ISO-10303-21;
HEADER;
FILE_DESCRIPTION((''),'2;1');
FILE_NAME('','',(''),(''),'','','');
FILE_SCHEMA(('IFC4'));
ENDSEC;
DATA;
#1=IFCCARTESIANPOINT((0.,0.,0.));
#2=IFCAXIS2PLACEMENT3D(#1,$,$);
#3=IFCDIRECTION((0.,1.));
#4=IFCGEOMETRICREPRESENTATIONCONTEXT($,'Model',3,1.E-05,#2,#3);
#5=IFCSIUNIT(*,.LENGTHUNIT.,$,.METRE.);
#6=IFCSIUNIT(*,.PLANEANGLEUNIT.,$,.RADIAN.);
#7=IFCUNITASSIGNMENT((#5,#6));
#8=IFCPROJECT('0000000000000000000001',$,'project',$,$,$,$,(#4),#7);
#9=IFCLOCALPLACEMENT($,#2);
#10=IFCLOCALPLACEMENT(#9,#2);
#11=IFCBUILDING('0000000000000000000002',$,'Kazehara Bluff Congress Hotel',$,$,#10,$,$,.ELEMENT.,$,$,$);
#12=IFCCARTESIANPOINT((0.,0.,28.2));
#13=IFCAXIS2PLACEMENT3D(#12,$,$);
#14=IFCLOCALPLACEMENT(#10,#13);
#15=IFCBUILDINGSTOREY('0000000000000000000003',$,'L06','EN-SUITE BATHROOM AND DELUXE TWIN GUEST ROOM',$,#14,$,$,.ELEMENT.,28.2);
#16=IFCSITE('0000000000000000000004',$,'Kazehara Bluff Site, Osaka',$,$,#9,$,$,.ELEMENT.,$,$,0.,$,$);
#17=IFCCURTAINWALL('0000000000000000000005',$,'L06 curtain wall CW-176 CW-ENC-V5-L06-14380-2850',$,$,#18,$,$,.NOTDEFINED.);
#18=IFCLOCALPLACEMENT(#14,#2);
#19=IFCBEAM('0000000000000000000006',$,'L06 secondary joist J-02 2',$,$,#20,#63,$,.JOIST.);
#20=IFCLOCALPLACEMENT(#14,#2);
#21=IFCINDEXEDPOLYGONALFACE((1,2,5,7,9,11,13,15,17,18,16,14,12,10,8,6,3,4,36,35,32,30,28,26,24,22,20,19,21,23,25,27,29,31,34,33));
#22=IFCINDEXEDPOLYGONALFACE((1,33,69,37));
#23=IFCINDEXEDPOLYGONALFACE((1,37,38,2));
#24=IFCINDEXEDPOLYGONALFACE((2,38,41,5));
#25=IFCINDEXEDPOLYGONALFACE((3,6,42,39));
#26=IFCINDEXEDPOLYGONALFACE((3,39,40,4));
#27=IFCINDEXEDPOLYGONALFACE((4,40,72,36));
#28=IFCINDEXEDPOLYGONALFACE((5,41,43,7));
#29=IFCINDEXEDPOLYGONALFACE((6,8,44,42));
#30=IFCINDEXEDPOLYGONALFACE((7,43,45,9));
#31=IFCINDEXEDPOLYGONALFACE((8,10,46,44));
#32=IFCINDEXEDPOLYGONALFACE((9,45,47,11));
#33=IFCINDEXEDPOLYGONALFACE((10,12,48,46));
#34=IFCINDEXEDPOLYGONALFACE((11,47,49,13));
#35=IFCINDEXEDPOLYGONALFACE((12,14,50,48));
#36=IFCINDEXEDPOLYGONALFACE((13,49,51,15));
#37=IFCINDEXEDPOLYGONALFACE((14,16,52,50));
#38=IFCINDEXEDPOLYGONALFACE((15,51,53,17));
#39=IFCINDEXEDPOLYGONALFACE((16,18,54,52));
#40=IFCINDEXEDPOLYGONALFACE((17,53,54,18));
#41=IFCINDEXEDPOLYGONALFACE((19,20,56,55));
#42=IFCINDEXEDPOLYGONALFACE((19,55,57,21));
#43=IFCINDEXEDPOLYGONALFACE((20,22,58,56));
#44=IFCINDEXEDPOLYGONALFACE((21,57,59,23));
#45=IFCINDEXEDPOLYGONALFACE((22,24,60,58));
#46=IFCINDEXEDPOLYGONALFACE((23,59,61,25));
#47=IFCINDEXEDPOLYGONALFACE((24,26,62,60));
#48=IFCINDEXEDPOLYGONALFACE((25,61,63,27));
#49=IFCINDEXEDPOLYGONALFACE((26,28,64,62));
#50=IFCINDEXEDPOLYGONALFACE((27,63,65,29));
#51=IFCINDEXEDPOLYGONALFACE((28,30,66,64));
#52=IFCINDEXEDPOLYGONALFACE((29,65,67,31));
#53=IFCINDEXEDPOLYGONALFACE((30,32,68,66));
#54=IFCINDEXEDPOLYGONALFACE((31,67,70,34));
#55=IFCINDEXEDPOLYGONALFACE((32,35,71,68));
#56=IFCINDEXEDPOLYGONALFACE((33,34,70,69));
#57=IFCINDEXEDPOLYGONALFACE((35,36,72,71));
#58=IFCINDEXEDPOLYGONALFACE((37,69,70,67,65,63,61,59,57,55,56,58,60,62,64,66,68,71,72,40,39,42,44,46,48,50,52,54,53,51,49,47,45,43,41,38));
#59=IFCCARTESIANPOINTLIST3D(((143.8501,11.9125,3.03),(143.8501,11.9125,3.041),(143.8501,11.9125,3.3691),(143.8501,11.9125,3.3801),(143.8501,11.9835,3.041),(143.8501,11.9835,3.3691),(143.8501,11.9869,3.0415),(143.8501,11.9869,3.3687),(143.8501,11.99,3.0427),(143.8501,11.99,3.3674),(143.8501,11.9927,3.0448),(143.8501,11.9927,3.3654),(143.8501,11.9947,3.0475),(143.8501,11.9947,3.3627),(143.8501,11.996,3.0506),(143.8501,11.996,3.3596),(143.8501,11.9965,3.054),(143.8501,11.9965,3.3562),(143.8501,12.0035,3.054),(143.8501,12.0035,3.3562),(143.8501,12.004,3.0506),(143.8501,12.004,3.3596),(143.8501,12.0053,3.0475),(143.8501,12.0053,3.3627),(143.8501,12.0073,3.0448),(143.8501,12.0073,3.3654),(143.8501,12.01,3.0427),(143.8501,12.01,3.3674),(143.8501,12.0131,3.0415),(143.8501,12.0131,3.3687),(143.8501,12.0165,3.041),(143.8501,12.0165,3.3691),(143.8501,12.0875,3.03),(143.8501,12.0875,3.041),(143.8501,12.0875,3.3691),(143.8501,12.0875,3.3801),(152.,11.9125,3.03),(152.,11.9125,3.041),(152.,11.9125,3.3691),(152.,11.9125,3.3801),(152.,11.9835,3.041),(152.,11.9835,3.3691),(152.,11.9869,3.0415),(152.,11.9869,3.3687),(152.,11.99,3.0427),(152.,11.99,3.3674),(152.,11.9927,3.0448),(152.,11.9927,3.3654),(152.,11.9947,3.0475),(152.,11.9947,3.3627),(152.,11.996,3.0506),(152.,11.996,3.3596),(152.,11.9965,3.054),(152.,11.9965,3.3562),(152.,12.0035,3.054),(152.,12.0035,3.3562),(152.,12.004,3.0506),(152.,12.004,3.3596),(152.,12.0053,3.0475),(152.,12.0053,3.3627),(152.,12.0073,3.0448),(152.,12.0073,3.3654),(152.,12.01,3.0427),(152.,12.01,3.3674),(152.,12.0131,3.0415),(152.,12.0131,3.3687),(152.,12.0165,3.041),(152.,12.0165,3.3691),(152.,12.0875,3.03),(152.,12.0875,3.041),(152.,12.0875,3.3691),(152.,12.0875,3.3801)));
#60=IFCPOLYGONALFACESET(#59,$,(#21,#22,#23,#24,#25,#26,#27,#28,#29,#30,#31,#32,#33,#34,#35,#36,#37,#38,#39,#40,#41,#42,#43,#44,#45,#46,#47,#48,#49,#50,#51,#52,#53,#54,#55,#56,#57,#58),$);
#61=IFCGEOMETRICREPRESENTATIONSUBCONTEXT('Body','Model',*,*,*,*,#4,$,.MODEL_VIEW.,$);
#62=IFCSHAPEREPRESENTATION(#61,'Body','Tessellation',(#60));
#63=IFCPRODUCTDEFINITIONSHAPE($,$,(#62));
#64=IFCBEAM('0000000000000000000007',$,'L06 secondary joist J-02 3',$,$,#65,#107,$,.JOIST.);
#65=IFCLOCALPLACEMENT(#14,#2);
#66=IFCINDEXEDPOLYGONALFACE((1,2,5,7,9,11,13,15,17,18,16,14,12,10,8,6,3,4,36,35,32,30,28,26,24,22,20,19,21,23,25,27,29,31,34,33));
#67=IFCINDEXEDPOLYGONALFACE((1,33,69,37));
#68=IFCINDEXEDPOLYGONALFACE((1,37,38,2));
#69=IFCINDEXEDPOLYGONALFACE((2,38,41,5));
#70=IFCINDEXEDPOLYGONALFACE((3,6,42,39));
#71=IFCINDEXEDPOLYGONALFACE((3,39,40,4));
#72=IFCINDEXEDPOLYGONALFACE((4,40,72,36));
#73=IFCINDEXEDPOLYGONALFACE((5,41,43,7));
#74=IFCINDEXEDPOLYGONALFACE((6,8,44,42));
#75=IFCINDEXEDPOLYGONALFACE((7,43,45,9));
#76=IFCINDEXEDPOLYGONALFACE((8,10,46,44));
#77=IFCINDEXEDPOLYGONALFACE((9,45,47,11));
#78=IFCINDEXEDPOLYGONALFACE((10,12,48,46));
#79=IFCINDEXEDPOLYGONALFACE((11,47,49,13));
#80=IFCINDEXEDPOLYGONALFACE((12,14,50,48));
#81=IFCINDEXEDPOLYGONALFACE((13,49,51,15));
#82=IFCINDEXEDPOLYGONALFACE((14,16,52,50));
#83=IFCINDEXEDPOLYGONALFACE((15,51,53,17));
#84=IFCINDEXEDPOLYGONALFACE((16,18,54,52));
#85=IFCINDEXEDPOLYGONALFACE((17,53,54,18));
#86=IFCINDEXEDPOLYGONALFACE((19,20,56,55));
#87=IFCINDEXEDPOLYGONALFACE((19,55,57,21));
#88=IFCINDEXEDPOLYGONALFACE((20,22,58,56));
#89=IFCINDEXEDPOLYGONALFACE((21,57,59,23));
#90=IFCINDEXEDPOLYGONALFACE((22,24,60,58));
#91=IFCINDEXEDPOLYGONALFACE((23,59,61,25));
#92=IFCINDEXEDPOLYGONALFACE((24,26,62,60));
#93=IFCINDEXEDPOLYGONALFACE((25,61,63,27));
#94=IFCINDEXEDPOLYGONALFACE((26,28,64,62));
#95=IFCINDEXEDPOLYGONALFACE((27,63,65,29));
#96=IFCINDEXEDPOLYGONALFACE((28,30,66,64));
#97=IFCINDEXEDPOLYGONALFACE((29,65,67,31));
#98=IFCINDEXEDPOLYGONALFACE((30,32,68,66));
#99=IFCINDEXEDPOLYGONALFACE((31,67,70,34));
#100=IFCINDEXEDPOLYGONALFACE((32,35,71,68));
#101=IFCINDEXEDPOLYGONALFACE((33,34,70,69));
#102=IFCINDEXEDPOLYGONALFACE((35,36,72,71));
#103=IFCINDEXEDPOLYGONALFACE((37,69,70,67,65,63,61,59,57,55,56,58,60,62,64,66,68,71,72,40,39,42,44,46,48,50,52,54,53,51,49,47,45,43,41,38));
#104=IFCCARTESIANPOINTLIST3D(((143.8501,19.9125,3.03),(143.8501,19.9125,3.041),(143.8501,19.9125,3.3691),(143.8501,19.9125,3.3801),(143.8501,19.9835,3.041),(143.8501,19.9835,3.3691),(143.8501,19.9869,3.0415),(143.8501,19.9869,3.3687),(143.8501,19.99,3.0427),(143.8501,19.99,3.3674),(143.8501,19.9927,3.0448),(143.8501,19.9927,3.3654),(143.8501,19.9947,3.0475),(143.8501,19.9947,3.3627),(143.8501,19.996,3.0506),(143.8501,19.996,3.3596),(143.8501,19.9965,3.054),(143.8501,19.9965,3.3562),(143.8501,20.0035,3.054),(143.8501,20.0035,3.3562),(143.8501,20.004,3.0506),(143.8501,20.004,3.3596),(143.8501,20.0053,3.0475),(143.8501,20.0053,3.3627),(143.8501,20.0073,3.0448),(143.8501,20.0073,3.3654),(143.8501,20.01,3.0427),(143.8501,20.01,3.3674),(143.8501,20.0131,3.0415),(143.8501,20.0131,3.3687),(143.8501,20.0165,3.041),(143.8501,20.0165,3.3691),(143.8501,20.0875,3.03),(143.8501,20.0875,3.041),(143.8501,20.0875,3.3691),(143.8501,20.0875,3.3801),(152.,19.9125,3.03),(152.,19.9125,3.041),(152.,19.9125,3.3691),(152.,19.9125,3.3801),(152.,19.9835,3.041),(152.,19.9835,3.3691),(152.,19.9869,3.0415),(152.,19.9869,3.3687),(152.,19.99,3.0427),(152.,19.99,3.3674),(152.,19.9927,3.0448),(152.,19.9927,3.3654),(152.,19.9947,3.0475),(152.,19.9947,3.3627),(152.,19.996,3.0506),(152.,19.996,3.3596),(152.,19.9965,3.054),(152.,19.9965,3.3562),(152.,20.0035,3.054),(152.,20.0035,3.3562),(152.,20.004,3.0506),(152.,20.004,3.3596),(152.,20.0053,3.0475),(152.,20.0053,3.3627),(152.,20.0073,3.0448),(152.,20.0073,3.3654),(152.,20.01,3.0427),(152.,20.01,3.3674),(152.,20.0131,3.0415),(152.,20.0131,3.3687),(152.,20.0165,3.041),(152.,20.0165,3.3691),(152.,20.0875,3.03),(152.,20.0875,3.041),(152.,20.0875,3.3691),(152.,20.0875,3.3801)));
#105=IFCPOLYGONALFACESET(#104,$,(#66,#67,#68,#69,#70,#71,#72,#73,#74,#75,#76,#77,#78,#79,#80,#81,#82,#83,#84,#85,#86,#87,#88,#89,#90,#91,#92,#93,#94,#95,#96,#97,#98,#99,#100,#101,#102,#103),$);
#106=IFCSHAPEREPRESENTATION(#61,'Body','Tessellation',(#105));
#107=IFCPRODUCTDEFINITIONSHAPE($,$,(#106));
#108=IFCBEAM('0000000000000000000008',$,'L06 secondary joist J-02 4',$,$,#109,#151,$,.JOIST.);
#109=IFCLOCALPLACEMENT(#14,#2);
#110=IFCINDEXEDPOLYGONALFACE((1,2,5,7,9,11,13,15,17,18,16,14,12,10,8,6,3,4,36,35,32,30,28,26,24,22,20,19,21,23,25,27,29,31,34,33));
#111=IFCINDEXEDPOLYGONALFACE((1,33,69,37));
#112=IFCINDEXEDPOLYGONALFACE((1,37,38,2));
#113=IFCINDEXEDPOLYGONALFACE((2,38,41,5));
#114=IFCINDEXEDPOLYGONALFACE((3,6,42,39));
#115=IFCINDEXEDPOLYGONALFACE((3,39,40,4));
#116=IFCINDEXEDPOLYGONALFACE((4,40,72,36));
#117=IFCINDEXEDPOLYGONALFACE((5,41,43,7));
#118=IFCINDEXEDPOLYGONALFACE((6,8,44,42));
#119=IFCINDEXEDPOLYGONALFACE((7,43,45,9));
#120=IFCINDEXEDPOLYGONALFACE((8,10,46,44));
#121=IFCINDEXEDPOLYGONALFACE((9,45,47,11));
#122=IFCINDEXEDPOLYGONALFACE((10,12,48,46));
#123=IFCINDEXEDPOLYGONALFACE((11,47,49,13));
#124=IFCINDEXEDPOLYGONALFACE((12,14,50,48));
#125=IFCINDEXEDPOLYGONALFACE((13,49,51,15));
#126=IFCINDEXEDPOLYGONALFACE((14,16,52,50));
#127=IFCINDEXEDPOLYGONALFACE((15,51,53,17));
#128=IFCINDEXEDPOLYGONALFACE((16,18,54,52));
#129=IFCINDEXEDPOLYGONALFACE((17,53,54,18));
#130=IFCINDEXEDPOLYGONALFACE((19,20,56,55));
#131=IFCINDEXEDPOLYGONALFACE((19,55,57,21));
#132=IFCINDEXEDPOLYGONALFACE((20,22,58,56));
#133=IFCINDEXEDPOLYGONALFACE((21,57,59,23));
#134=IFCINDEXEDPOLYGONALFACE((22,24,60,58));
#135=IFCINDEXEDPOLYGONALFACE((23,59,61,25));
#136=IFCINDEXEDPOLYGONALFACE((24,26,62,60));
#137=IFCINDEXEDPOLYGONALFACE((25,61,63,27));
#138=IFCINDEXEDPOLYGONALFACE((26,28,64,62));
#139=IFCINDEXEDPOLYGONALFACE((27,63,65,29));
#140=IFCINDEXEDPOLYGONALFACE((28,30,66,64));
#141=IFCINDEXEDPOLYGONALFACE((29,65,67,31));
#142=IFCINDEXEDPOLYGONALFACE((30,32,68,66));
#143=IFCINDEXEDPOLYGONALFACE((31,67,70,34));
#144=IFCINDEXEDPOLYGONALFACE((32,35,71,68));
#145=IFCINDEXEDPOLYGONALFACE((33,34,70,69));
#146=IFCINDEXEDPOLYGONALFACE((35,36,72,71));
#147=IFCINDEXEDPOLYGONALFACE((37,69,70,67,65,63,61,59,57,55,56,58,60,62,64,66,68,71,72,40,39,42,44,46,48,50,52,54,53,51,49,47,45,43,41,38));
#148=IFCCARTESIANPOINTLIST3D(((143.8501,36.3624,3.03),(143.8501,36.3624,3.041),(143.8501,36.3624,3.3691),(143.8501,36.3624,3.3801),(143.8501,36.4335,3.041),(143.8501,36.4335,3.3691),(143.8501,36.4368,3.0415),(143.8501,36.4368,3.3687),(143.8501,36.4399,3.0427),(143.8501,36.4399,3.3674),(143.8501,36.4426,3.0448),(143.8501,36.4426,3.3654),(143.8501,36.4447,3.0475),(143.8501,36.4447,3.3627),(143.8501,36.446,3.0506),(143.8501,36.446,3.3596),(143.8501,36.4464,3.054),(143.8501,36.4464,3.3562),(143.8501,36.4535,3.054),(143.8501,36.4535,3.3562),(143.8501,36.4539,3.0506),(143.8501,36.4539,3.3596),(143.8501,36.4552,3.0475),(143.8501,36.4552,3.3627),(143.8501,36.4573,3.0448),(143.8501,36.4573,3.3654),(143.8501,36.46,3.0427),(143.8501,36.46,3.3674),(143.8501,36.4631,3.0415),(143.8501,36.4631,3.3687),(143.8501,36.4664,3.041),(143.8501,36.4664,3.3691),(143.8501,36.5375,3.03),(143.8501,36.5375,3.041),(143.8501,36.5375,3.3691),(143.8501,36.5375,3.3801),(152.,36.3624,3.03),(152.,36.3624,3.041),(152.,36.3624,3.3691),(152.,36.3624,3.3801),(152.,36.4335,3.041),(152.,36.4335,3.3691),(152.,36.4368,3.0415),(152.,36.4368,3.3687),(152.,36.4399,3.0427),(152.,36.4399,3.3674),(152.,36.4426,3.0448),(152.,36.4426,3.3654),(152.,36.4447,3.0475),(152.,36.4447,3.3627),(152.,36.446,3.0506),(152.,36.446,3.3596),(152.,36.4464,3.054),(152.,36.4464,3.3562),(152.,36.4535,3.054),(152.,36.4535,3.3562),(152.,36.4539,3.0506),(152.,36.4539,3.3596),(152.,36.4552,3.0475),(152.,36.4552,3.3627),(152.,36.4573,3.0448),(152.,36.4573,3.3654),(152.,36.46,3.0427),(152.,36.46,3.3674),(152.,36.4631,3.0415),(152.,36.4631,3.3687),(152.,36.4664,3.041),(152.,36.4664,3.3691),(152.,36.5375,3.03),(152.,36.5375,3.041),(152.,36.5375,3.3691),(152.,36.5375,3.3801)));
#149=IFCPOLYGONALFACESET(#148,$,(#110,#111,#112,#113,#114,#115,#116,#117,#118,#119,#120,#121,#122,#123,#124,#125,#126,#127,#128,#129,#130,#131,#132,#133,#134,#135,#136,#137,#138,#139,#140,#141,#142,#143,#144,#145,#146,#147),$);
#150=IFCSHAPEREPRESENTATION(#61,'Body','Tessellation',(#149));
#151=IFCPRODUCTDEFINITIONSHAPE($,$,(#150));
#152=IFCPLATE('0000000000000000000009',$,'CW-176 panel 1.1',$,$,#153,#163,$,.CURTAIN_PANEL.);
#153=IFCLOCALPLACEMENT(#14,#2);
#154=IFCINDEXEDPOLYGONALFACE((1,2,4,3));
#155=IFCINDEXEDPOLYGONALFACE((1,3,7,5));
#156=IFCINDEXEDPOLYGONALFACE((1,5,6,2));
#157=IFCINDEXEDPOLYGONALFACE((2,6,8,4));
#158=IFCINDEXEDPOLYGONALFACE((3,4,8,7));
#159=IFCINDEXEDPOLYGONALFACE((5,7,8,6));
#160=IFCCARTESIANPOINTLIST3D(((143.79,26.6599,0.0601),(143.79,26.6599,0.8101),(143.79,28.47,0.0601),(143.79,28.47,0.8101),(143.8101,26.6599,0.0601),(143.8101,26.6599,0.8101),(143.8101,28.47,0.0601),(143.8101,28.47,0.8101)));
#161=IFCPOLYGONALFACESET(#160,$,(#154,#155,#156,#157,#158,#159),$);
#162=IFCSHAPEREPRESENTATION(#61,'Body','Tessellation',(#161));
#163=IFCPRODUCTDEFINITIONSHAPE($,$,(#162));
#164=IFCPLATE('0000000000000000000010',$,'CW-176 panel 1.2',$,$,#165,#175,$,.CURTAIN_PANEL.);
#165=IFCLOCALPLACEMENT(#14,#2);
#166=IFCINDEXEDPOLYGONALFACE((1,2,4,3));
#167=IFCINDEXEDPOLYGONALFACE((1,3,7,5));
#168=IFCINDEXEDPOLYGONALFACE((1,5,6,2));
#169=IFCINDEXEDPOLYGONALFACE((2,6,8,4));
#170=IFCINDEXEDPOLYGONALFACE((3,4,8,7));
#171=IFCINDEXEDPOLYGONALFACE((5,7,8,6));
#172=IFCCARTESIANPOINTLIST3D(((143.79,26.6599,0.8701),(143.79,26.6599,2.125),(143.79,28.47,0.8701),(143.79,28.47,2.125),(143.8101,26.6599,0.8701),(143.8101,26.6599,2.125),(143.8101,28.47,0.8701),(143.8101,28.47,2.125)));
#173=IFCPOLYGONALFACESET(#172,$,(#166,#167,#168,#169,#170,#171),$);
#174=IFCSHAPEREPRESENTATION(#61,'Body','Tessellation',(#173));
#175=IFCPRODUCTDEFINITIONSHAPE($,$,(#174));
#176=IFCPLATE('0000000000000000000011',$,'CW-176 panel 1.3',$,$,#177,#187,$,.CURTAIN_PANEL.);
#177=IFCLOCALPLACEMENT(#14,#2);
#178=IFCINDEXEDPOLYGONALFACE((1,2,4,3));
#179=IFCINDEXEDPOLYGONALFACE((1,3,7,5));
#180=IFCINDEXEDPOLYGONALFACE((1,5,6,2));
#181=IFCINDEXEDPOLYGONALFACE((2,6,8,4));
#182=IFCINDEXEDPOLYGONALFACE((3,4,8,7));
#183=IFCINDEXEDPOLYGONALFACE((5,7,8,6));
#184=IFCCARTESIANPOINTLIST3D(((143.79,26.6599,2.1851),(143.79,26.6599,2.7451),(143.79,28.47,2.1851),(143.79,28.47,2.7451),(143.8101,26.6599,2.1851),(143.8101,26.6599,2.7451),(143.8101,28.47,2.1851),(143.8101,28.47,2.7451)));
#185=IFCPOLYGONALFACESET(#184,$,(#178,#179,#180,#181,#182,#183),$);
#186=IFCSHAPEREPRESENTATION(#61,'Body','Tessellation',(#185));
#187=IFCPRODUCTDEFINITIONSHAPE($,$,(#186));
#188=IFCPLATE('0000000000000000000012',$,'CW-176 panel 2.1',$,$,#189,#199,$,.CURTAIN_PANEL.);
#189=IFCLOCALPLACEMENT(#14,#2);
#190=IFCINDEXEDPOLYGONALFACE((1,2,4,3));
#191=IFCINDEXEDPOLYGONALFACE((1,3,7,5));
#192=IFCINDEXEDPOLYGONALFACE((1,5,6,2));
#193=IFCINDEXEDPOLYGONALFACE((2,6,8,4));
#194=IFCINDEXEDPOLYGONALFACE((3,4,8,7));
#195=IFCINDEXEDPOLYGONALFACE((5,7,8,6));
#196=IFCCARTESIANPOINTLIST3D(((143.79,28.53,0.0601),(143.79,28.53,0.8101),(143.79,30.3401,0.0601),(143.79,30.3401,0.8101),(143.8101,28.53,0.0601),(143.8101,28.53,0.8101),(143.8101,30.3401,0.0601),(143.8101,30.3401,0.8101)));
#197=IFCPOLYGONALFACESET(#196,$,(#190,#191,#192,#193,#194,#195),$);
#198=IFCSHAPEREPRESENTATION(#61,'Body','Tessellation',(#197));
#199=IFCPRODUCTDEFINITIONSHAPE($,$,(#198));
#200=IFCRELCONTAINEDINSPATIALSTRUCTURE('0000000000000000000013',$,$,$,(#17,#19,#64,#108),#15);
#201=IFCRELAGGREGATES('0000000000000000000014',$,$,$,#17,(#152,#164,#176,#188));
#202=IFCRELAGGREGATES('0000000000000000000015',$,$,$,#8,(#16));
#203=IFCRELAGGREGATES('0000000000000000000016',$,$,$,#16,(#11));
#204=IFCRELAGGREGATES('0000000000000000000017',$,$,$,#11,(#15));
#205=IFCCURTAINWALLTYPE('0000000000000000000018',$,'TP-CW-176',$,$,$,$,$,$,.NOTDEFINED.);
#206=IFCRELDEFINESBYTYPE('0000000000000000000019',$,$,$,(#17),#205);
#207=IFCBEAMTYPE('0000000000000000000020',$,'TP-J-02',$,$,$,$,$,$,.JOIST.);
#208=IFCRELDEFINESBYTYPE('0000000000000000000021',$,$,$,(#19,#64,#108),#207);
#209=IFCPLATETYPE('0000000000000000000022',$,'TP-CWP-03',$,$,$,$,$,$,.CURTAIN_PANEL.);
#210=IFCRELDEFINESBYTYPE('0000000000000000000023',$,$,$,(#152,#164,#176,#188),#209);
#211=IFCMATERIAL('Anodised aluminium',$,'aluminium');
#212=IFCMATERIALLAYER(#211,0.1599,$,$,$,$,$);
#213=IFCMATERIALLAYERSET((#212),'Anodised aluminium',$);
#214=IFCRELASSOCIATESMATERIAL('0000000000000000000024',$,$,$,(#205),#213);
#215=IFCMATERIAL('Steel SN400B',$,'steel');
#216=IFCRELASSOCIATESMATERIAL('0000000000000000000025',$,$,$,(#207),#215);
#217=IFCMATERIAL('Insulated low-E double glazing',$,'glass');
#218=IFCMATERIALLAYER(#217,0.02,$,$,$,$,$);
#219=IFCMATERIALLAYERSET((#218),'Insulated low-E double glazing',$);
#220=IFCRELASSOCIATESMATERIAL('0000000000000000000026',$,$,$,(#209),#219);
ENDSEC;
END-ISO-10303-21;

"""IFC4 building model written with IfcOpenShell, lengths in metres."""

from ifc_helpers import new_model, si_unit, direction, frame, origin, origin_2d, place, context, subcontext, project, spatial, rectangle, i_section, extrude, material, layer, layer_set, material_profile, profile_set, type_object, element, aggregate, save


model = new_model("IFC4")

# Units and contexts
model_context = context("Model", 3, precision=1e-05, world=origin(), true_north=direction((0.0, 1.0)))
body_context = subcontext(model_context, "Body", "Model", "MODEL_VIEW")
ifc_project = project(units=[si_unit("LENGTHUNIT", "METRE"), si_unit("PLANEANGLEUNIT", "RADIAN")], contexts=[model_context])

# Site, building, storey
site_placement = place(None, origin())
site = spatial("IfcSite", under=ifc_project, at=site_placement, Name="Kazehara Bluff Site, Osaka", CompositionType="ELEMENT", RefElevation=0.0)
building_placement = place(site_placement, origin())
building = spatial("IfcBuilding", under=site, at=building_placement, Name="Kazehara Bluff Congress Hotel", CompositionType="ELEMENT")
storey_placement = place(building_placement, frame((0.0, 0.0, 28.2)))
storey = spatial("IfcBuildingStorey", under=building, at=storey_placement, Name="L06", Description="EN-SUITE BATHROOM AND DELUXE TWIN GUEST ROOM", CompositionType="ELEMENT", Elevation=28.2)

# Curtain wall
ifc_material_1 = material(Name="Anodised aluminium", Category="aluminium")
ifc_layer_1 = layer(ifc_material_1, 0.1599)
ifc_layer_set_1 = layer_set([ifc_layer_1], Name="Anodised aluminium")
curtain_wall_type_1 = type_object("IfcCurtainWallType", Name="TP-CW-176", PredefinedType="NOTDEFINED", material=ifc_layer_set_1)
curtain_wall_1_placement = place(storey_placement, origin())
curtain_wall_1 = element("IfcCurtainWall", 1, at=curtain_wall_1_placement, inside=storey, type_object=curtain_wall_type_1, Name="L06 curtain wall CW-176 CW-ENC-V5-L06-14380-2850", PredefinedType="NOTDEFINED")

# Beams
ifc_material_2 = material(Name="Steel SN400B", Category="steel")
ifc_material_profile_1 = material_profile(ifc_material_2, i_section(OverallWidth=0.175, OverallDepth=0.3501, WebThickness=0.0071, FlangeThickness=0.011, FilletRadius=0.0129, at=origin_2d()))
ifc_profile_set_1 = profile_set([ifc_material_profile_1], Name="Steel SN400B")
beam_type_1 = type_object("IfcBeamType", Name="TP-J-02", PredefinedType="JOIST", material=ifc_profile_set_1)
for number, where, z_axis, x_axis, name in (
    (2, (143.8501, 12.0, 3.2051), (1.0, 0.0, 0.0), (0.0, 1.0, 0.0), "L06 secondary joist J-02 2"),
    (3, (143.8501, 20.0, 3.2051), (1.0, 0.0, 0.0), (0.0, 1.0, 0.0), "L06 secondary joist J-02 3"),
    (4, (143.8501, 36.45, 3.2051), (1.0, 0.0, 0.0), (0.0, 1.0, 0.0), "L06 secondary joist J-02 4"),
):
    element("IfcBeam", number, at=place(storey_placement, frame(where, z_axis=z_axis, x_axis=x_axis)), inside=storey, type_object=beam_type_1, Name=name, PredefinedType="JOIST", context=body_context, shape_type="SweptSolid", body=[
        extrude(i_section(OverallWidth=0.175, OverallDepth=0.3501, WebThickness=0.0071, FlangeThickness=0.011, FilletRadius=0.0129, at=origin_2d()), origin(), (0.0, 0.0, 1.0), 8.1499),
    ])

# Plates
ifc_material_3 = material(Name="Insulated low-E double glazing", Category="glass")
ifc_layer_2 = layer(ifc_material_3, 0.02)
ifc_layer_set_2 = layer_set([ifc_layer_2], Name="Insulated low-E double glazing")
plate_type = type_object("IfcPlateType", Name="TP-CWP-03", PredefinedType="CURTAIN_PANEL", material=ifc_layer_set_2)
plate_1_placement = place(storey_placement, frame((143.8, 27.5649, 0.0601), z_axis=(0.0, 0.0, 1.0), x_axis=(0.0, 1.0, 0.0)))
plate_1 = element("IfcPlate", 5, at=plate_1_placement, type_object=plate_type, Name="CW-176 panel 1.1", PredefinedType="CURTAIN_PANEL", context=body_context, shape_type="SweptSolid", body=[
    extrude(rectangle(XDim=1.8101, YDim=0.02, at=origin_2d()), origin(), (0.0, 0.0, 1.0), 0.75),
])
plate_2_placement = place(storey_placement, frame((143.8, 27.5649, 0.8701), z_axis=(0.0, 0.0, 1.0), x_axis=(0.0, 1.0, 0.0)))
plate_2 = element("IfcPlate", 6, at=plate_2_placement, type_object=plate_type, Name="CW-176 panel 1.2", PredefinedType="CURTAIN_PANEL", context=body_context, shape_type="SweptSolid", body=[
    extrude(rectangle(XDim=1.8101, YDim=0.02, at=origin_2d()), origin(), (0.0, 0.0, 1.0), 1.2549),
])
plate_3_placement = place(storey_placement, frame((143.8, 27.5649, 2.1851), z_axis=(0.0, 0.0, 1.0), x_axis=(0.0, 1.0, 0.0)))
plate_3 = element("IfcPlate", 7, at=plate_3_placement, type_object=plate_type, Name="CW-176 panel 1.3", PredefinedType="CURTAIN_PANEL", context=body_context, shape_type="SweptSolid", body=[
    extrude(rectangle(XDim=1.8101, YDim=0.02, at=origin_2d()), origin(), (0.0, 0.0, 1.0), 0.5601),
])
plate_4_placement = place(storey_placement, frame((143.8, 29.4351, 0.0601), z_axis=(0.0, 0.0, 1.0), x_axis=(0.0, 1.0, 0.0)))
plate_4 = element("IfcPlate", 8, at=plate_4_placement, type_object=plate_type, Name="CW-176 panel 2.1", PredefinedType="CURTAIN_PANEL", context=body_context, shape_type="SweptSolid", body=[
    extrude(rectangle(XDim=1.8101, YDim=0.02, at=origin_2d()), origin(), (0.0, 0.0, 1.0), 0.75),
])
aggregate(curtain_wall_1, [plate_1, plate_2, plate_3, plate_4])

save(model, "model.ifc")
